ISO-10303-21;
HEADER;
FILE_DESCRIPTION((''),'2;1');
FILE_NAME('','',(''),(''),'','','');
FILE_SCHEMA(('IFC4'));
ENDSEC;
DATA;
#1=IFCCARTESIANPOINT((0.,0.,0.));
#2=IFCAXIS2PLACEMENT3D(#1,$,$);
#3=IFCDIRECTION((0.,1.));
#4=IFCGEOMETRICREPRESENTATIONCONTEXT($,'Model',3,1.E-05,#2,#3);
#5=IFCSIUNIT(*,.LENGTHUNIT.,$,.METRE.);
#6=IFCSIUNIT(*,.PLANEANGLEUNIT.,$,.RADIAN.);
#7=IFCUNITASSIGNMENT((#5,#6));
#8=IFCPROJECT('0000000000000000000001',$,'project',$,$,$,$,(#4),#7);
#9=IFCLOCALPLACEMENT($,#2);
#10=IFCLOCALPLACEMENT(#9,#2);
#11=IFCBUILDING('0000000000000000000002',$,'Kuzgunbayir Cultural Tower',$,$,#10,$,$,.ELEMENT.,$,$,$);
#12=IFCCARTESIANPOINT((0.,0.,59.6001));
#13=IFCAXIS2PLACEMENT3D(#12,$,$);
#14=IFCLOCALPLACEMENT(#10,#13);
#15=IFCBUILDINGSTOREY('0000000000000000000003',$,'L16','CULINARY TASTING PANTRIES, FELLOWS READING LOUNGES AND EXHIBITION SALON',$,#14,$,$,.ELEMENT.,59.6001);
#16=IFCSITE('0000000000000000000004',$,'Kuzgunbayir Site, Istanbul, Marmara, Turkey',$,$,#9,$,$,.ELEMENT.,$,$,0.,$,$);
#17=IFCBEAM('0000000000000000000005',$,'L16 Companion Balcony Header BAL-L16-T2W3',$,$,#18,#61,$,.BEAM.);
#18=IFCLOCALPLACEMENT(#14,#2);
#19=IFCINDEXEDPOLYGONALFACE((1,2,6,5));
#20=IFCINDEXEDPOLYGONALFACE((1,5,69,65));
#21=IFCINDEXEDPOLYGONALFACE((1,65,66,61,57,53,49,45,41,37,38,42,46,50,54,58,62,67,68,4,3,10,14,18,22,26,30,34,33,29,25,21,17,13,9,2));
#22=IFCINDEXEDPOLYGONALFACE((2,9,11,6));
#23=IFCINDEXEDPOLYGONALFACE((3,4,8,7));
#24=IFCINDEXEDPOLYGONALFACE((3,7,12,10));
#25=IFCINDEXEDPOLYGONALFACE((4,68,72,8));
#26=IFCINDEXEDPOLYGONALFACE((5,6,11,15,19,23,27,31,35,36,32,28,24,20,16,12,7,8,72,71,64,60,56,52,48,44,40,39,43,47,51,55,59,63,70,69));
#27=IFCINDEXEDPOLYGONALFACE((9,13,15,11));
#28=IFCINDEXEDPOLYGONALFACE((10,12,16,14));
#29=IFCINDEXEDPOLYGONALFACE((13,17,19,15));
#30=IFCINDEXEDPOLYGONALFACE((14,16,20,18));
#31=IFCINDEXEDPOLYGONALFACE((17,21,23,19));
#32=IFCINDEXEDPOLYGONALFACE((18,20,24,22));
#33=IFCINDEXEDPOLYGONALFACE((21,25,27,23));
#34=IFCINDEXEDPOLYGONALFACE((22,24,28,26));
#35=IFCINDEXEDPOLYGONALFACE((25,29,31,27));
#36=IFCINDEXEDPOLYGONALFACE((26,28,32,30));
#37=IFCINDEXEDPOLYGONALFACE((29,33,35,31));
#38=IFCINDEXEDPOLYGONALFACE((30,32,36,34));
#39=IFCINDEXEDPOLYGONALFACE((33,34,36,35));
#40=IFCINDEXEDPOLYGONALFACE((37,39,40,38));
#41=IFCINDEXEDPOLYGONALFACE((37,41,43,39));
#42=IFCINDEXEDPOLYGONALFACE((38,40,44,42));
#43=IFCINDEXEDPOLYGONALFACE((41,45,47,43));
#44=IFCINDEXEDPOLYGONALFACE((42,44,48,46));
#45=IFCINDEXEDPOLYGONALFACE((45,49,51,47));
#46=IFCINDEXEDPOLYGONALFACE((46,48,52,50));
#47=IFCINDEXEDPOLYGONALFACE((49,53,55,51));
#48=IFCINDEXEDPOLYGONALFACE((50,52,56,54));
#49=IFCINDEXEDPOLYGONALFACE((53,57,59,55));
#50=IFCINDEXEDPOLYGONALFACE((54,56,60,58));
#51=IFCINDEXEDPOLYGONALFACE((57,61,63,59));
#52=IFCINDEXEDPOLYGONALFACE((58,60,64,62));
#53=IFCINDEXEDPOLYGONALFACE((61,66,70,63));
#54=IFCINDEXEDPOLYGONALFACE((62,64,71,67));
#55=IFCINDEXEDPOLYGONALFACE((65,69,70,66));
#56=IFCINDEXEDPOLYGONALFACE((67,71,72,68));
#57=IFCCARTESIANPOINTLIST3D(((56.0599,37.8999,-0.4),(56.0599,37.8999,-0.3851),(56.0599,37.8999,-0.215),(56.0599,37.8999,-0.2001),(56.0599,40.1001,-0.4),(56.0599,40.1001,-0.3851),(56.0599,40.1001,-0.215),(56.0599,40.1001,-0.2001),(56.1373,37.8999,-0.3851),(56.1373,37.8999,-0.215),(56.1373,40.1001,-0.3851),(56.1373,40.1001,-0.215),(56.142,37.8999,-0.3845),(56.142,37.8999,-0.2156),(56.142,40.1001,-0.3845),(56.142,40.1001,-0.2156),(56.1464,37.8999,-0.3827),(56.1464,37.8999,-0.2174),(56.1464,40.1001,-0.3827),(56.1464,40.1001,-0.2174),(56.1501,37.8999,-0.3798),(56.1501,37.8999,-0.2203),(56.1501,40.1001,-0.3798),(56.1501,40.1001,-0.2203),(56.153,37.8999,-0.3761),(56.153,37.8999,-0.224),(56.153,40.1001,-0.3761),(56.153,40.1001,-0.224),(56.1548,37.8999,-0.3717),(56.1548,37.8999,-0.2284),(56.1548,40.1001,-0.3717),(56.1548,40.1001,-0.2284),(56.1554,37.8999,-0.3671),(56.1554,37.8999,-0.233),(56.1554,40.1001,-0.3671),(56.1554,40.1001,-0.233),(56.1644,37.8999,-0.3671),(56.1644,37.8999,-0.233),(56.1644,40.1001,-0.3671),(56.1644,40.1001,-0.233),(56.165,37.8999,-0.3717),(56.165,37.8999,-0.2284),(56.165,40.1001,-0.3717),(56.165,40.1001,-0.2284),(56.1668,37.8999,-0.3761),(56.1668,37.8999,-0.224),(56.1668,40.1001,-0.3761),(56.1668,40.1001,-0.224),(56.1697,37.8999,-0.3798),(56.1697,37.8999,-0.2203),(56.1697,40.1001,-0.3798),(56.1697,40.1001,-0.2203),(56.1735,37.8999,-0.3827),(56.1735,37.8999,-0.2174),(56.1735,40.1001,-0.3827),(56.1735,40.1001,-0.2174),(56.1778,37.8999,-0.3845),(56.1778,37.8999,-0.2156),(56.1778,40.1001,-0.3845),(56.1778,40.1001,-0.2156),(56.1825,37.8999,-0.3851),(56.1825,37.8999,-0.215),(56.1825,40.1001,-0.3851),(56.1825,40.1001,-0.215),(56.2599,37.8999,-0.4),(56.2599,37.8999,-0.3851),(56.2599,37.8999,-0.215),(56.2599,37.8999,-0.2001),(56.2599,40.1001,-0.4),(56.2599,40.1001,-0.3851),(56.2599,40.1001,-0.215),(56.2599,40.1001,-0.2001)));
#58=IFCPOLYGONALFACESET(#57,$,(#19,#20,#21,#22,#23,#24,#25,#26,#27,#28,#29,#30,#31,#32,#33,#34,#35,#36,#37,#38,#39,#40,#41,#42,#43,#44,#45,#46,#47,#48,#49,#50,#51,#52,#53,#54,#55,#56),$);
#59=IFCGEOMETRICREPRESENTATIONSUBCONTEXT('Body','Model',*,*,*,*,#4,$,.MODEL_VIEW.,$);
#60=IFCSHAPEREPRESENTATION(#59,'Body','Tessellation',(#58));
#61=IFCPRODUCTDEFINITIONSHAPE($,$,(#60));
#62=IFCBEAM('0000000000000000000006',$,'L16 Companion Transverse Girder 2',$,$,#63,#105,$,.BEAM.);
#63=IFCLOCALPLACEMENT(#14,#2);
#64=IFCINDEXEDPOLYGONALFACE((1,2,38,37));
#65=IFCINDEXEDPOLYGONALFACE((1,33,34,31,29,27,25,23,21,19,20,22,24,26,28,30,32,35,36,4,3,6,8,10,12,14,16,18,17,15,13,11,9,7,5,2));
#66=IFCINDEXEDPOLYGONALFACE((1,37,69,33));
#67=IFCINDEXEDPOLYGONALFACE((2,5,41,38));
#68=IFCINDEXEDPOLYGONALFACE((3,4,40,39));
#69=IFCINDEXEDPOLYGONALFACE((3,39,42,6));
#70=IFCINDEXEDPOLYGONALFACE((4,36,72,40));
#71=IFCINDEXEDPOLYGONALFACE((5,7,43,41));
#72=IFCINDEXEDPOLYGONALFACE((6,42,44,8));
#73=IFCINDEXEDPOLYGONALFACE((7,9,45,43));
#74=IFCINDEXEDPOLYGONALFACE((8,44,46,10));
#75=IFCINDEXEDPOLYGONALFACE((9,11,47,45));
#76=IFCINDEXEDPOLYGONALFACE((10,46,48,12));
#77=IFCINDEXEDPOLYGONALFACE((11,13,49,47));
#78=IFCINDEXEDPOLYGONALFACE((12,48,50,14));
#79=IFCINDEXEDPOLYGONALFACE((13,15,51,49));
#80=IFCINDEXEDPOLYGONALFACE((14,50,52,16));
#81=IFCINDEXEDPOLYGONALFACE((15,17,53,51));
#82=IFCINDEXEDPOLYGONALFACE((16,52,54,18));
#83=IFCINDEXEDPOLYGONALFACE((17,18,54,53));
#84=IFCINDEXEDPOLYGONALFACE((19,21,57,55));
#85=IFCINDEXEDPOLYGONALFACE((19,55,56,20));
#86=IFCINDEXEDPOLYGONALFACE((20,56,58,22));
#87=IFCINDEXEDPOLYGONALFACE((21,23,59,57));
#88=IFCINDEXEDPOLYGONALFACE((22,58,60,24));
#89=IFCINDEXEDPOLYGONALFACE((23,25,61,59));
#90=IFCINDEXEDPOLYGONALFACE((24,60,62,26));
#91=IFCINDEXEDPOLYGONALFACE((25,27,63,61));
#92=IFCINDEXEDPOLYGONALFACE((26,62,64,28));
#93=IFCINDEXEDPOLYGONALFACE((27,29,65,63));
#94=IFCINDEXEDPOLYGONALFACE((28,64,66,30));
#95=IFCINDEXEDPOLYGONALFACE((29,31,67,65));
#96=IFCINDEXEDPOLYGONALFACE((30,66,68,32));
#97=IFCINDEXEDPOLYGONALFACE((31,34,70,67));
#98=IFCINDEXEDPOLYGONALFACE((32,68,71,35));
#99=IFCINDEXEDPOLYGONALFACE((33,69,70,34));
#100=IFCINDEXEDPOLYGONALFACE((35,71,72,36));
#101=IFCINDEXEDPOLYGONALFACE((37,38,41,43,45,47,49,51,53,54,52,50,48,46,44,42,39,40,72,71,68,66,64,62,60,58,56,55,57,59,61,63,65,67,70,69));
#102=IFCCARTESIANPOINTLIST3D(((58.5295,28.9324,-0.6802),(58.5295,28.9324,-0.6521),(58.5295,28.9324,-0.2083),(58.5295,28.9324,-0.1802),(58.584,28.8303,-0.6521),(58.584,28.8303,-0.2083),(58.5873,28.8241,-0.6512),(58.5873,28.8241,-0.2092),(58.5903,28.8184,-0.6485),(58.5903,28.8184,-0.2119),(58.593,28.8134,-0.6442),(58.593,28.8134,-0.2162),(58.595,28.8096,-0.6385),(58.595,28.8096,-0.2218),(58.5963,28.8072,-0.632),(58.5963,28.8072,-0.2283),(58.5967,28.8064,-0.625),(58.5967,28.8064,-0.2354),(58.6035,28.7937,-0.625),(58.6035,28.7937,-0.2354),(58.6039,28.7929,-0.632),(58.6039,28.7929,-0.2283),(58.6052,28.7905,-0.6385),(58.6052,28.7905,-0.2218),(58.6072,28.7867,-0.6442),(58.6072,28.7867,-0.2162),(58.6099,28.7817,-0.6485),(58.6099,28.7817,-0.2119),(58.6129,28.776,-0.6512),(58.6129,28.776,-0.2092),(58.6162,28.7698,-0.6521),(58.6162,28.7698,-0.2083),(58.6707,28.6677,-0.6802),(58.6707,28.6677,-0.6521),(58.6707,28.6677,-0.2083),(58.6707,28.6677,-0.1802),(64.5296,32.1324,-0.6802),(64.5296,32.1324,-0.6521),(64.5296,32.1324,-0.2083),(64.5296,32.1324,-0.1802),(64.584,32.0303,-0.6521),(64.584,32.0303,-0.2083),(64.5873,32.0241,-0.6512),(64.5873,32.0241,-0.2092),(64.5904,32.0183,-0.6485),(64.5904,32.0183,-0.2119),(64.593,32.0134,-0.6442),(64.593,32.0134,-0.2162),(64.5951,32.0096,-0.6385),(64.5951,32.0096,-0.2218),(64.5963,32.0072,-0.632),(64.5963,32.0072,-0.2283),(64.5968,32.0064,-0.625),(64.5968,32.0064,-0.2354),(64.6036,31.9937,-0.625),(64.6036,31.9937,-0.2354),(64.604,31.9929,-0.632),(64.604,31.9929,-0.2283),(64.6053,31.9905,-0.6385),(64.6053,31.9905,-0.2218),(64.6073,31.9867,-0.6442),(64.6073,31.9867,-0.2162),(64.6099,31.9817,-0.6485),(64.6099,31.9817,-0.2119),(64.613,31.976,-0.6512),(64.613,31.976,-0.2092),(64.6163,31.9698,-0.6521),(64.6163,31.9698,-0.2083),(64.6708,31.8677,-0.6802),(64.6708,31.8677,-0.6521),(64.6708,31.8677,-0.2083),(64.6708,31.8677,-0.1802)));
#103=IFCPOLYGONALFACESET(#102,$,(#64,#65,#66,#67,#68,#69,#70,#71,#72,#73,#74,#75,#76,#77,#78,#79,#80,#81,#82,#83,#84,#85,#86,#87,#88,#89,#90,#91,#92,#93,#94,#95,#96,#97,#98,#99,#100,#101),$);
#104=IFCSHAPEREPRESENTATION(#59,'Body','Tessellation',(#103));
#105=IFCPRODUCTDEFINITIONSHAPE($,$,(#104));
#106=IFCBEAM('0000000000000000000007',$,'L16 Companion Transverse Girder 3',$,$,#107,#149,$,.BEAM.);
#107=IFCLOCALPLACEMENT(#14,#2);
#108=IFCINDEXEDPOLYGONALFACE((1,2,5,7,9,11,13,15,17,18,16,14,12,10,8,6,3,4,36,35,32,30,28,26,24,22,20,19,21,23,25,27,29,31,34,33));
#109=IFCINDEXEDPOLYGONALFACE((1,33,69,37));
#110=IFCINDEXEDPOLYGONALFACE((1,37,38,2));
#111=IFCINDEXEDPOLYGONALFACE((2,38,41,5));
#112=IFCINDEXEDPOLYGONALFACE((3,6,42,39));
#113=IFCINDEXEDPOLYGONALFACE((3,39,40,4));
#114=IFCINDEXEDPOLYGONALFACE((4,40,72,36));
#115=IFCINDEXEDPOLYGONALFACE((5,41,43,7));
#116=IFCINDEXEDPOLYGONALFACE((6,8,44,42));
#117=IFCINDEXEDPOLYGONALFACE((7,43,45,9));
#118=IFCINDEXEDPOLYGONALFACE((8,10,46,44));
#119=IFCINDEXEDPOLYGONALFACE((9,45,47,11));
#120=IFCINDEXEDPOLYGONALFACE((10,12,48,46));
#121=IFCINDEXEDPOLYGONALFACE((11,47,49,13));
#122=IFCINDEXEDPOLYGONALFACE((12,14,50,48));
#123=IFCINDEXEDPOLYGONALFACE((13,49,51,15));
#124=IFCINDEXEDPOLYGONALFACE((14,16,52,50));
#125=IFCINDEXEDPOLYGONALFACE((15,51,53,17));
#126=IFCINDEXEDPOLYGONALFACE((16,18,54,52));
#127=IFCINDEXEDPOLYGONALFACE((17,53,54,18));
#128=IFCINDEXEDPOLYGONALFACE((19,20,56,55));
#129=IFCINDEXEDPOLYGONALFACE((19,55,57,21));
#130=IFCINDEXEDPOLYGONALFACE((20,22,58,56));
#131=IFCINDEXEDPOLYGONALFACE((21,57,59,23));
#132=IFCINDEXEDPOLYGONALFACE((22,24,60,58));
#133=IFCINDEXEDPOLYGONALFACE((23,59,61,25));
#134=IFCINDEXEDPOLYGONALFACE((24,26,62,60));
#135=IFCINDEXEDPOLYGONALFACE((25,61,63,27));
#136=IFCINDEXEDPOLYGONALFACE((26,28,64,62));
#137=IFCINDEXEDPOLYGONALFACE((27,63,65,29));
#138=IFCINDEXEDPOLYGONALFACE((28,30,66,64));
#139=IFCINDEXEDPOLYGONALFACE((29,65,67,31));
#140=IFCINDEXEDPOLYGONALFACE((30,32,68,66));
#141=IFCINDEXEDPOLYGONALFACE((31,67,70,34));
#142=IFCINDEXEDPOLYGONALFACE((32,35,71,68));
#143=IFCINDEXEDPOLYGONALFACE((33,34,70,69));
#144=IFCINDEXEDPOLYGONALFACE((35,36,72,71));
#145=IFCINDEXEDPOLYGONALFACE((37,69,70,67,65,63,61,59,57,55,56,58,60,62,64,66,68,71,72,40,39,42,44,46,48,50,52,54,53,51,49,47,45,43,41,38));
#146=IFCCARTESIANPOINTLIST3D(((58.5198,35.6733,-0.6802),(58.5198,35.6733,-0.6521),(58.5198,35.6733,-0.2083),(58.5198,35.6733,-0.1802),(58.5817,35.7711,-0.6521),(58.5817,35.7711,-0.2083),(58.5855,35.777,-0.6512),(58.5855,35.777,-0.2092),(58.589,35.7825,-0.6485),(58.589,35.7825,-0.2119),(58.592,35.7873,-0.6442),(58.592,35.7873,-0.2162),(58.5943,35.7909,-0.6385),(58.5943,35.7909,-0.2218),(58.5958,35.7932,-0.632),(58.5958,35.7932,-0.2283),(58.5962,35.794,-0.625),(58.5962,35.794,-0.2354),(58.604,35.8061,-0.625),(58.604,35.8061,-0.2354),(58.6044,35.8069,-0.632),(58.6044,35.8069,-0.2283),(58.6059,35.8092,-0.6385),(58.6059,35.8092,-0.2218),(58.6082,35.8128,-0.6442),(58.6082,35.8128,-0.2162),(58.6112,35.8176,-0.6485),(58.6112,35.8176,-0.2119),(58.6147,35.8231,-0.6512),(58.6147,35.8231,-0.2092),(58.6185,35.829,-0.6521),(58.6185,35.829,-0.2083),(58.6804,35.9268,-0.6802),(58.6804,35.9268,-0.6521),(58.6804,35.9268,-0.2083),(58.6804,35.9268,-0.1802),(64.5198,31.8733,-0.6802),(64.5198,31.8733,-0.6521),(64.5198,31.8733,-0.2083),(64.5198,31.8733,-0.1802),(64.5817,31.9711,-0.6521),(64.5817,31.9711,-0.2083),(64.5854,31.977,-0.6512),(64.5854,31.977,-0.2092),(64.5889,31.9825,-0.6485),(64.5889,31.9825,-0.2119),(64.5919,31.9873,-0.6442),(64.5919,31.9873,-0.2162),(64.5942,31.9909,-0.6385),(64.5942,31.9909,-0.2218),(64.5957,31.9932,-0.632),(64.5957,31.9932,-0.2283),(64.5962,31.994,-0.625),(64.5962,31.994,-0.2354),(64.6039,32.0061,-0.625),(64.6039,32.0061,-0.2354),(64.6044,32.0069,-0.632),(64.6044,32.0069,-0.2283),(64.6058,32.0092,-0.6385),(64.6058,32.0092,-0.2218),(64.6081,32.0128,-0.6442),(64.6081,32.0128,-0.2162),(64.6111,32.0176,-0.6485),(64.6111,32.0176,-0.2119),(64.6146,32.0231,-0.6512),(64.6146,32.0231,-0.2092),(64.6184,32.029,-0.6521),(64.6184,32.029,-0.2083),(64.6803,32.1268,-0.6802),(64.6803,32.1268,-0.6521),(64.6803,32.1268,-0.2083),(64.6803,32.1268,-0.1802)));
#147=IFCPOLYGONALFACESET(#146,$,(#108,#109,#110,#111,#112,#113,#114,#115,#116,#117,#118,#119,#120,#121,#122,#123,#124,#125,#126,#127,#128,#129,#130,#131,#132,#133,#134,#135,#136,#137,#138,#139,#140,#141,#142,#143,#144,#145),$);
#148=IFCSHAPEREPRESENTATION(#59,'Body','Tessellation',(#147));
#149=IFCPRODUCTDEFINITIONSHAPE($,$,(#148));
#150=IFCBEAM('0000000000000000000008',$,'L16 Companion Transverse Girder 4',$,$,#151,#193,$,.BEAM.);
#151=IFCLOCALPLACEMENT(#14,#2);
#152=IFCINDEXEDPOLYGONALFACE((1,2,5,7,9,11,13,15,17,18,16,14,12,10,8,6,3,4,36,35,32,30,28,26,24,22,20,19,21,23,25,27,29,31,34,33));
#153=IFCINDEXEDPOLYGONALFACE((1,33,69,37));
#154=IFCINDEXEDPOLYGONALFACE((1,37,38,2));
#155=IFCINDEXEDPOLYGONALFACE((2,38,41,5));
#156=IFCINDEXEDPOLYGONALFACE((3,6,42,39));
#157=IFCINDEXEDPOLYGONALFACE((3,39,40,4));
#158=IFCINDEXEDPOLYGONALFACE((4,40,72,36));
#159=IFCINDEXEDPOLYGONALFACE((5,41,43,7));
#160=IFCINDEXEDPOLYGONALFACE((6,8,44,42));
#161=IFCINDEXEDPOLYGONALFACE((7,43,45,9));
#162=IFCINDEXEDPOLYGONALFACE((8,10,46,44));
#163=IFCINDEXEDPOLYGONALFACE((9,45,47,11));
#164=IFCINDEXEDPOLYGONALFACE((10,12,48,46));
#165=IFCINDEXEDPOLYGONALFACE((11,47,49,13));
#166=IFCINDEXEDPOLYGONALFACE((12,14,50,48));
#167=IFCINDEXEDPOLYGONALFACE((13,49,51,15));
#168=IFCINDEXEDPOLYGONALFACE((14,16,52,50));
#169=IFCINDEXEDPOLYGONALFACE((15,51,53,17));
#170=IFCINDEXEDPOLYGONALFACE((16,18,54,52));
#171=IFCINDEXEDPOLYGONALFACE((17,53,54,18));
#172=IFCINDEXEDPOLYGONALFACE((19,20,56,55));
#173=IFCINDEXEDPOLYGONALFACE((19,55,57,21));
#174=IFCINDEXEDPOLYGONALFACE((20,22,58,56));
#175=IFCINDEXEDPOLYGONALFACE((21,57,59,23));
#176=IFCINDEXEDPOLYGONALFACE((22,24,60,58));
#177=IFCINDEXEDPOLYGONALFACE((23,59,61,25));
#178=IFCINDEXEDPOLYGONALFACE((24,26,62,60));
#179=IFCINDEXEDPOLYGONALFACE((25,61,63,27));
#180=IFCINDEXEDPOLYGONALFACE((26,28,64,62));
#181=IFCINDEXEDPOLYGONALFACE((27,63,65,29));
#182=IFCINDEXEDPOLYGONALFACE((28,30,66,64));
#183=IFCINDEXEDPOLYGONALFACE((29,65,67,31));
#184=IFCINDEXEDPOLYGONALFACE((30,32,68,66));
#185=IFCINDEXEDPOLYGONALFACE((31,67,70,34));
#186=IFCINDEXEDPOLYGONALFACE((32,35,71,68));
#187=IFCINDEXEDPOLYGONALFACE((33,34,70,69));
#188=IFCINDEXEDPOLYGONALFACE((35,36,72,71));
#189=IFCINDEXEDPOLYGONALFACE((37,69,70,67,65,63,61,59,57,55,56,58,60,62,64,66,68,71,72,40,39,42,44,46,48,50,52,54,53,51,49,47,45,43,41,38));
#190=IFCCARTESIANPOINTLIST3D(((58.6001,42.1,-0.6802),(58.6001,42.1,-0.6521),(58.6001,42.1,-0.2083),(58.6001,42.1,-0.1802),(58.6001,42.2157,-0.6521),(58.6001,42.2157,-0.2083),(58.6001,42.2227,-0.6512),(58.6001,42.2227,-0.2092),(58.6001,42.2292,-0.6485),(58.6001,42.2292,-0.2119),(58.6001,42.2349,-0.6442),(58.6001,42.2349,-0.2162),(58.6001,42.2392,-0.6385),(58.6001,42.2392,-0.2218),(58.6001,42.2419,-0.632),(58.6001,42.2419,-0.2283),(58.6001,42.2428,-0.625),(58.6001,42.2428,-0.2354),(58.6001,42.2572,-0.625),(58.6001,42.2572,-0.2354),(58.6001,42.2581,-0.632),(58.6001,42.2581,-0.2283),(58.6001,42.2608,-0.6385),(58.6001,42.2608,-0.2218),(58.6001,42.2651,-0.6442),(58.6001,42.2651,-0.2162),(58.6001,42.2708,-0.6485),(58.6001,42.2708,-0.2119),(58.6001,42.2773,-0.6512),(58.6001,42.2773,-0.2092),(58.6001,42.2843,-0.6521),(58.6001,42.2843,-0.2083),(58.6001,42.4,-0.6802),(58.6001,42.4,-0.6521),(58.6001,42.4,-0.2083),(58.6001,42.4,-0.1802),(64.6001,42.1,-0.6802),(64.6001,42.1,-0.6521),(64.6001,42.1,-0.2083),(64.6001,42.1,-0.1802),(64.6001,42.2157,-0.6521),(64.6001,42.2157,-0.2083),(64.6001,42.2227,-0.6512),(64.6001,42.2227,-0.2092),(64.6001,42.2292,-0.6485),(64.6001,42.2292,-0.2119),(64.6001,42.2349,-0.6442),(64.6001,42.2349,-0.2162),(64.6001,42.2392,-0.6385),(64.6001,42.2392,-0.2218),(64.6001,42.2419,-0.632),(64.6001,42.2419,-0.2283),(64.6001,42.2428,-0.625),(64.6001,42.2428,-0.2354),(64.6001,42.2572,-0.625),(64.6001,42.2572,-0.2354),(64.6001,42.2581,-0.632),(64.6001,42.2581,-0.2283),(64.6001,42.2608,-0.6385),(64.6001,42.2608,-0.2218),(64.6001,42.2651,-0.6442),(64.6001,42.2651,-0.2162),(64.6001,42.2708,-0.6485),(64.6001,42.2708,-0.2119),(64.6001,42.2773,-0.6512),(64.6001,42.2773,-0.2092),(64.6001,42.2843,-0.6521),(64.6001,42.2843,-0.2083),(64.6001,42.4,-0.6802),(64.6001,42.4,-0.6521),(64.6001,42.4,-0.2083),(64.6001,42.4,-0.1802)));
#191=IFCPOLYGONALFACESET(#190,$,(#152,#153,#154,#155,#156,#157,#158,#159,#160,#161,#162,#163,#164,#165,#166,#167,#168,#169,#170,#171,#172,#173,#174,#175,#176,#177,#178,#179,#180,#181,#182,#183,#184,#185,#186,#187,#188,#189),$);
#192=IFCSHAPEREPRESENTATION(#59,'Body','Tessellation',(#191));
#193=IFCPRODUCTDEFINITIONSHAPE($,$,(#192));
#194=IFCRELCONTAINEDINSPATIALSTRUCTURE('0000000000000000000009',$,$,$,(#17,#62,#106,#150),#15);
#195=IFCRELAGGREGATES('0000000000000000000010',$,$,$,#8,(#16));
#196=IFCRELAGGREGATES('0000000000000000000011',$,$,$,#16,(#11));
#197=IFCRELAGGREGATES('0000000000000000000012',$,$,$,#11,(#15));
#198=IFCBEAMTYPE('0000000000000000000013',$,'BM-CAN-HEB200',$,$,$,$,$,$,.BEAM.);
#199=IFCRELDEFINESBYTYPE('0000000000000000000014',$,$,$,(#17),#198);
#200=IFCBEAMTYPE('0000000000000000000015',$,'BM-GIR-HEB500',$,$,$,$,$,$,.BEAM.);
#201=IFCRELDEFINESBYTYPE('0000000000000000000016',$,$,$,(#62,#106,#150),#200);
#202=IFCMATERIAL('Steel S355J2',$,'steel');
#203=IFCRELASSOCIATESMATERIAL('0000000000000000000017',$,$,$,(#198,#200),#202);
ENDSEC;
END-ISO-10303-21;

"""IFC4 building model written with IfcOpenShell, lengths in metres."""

from ifc_helpers import new_model, si_unit, direction, frame, origin, origin_2d, place, context, subcontext, project, spatial, i_section, extrude, material, material_profile, profile_set, type_object, element, save


model = new_model("IFC4")

# Units and contexts
model_context = context("Model", 3, precision=1e-05, world=origin(), true_north=direction((0.0, 1.0)))
body_context = subcontext(model_context, "Body", "Model", "MODEL_VIEW")
ifc_project = project(units=[si_unit("LENGTHUNIT", "METRE"), si_unit("PLANEANGLEUNIT", "RADIAN")], contexts=[model_context])

# Site, building, storey
site_placement = place(None, origin())
site = spatial("IfcSite", under=ifc_project, at=site_placement, Name="Kuzgunbayir Site, Istanbul, Marmara, Turkey", CompositionType="ELEMENT", RefElevation=0.0)
building_placement = place(site_placement, origin())
building = spatial("IfcBuilding", under=site, at=building_placement, Name="Kuzgunbayir Cultural Tower", CompositionType="ELEMENT")
storey_placement = place(building_placement, frame((0.0, 0.0, 59.6001)))
storey = spatial("IfcBuildingStorey", under=building, at=storey_placement, Name="L16", Description="CULINARY TASTING PANTRIES, FELLOWS READING LOUNGES AND EXHIBITION SALON", CompositionType="ELEMENT", Elevation=59.6001)

# Beams
ifc_material_1 = material(Name="Steel S355J2", Category="steel")
ifc_material_profile_1 = material_profile(ifc_material_1, i_section(OverallWidth=0.2, OverallDepth=0.2, WebThickness=0.009, FlangeThickness=0.0149, FilletRadius=0.0181, at=origin_2d()), Name="HEB 200")
ifc_profile_set_1 = profile_set([ifc_material_profile_1], Name="Steel S355J2")
beam_type_1 = type_object("IfcBeamType", Name="BM-CAN-HEB200", PredefinedType="BEAM", material=ifc_profile_set_1)
beam_1_placement = place(storey_placement, frame((56.1599, 37.8999, -0.3), z_axis=(0.0, 1.0, 0.0), x_axis=(-1.0, 0.0, 0.0)))
element("IfcBeam", 1, at=beam_1_placement, inside=storey, type_object=beam_type_1, Name="L16 Companion Balcony Header BAL-L16-T2W3", PredefinedType="BEAM", context=body_context, shape_type="SweptSolid", body=[
    extrude(i_section(OverallWidth=0.2, OverallDepth=0.2, WebThickness=0.009, FlangeThickness=0.0149, FilletRadius=0.0181, at=origin_2d()), origin(), (0.0, 0.0, 1.0), 2.2002),
])
ifc_material_profile_2 = material_profile(ifc_material_1, i_section(OverallWidth=0.3, OverallDepth=0.5, WebThickness=0.0144, FlangeThickness=0.0281, FilletRadius=0.0271, at=origin_2d()), Name="HEB 500")
ifc_profile_set_2 = profile_set([ifc_material_profile_2], Name="Steel S355J2")
beam_type_2 = type_object("IfcBeamType", Name="BM-GIR-HEB500", PredefinedType="BEAM", material=ifc_profile_set_2)
beam_2_placement = place(storey_placement, frame((58.6001, 28.8, -0.4302), z_axis=(0.882356, 0.470583, 0.0), x_axis=(-0.470583, 0.882356, 0.0)))
element("IfcBeam", 2, at=beam_2_placement, inside=storey, type_object=beam_type_2, Name="L16 Companion Transverse Girder 2", PredefinedType="BEAM", context=body_context, shape_type="SweptSolid", body=[
    extrude(i_section(OverallWidth=0.3, OverallDepth=0.5, WebThickness=0.0144, FlangeThickness=0.0281, FilletRadius=0.0271, at=origin_2d()), origin(), (0.0, 0.0, 1.0), 6.8),
])
beam_3_placement = place(storey_placement, frame((58.6001, 35.8, -0.4302), z_axis=(0.844816, -0.535057, 0.0), x_axis=(0.535057, 0.844816, 0.0)))
element("IfcBeam", 3, at=beam_3_placement, inside=storey, type_object=beam_type_2, Name="L16 Companion Transverse Girder 3", PredefinedType="BEAM", context=body_context, shape_type="SweptSolid", body=[
    extrude(i_section(OverallWidth=0.3, OverallDepth=0.5, WebThickness=0.0144, FlangeThickness=0.0281, FilletRadius=0.0271, at=origin_2d()), origin(), (0.0, 0.0, 1.0), 7.1021),
])
beam_4_placement = place(storey_placement, frame((58.6001, 42.25, -0.4302), z_axis=(1.0, 0.0, 0.0), x_axis=(0.0, 1.0, 0.0)))
element("IfcBeam", 4, at=beam_4_placement, inside=storey, type_object=beam_type_2, Name="L16 Companion Transverse Girder 4", PredefinedType="BEAM", context=body_context, shape_type="SweptSolid", body=[
    extrude(i_section(OverallWidth=0.3, OverallDepth=0.5, WebThickness=0.0144, FlangeThickness=0.0281, FilletRadius=0.0271, at=origin_2d()), origin(), (0.0, 0.0, 1.0), 6.0),
])

save(model, "model.ifc")
